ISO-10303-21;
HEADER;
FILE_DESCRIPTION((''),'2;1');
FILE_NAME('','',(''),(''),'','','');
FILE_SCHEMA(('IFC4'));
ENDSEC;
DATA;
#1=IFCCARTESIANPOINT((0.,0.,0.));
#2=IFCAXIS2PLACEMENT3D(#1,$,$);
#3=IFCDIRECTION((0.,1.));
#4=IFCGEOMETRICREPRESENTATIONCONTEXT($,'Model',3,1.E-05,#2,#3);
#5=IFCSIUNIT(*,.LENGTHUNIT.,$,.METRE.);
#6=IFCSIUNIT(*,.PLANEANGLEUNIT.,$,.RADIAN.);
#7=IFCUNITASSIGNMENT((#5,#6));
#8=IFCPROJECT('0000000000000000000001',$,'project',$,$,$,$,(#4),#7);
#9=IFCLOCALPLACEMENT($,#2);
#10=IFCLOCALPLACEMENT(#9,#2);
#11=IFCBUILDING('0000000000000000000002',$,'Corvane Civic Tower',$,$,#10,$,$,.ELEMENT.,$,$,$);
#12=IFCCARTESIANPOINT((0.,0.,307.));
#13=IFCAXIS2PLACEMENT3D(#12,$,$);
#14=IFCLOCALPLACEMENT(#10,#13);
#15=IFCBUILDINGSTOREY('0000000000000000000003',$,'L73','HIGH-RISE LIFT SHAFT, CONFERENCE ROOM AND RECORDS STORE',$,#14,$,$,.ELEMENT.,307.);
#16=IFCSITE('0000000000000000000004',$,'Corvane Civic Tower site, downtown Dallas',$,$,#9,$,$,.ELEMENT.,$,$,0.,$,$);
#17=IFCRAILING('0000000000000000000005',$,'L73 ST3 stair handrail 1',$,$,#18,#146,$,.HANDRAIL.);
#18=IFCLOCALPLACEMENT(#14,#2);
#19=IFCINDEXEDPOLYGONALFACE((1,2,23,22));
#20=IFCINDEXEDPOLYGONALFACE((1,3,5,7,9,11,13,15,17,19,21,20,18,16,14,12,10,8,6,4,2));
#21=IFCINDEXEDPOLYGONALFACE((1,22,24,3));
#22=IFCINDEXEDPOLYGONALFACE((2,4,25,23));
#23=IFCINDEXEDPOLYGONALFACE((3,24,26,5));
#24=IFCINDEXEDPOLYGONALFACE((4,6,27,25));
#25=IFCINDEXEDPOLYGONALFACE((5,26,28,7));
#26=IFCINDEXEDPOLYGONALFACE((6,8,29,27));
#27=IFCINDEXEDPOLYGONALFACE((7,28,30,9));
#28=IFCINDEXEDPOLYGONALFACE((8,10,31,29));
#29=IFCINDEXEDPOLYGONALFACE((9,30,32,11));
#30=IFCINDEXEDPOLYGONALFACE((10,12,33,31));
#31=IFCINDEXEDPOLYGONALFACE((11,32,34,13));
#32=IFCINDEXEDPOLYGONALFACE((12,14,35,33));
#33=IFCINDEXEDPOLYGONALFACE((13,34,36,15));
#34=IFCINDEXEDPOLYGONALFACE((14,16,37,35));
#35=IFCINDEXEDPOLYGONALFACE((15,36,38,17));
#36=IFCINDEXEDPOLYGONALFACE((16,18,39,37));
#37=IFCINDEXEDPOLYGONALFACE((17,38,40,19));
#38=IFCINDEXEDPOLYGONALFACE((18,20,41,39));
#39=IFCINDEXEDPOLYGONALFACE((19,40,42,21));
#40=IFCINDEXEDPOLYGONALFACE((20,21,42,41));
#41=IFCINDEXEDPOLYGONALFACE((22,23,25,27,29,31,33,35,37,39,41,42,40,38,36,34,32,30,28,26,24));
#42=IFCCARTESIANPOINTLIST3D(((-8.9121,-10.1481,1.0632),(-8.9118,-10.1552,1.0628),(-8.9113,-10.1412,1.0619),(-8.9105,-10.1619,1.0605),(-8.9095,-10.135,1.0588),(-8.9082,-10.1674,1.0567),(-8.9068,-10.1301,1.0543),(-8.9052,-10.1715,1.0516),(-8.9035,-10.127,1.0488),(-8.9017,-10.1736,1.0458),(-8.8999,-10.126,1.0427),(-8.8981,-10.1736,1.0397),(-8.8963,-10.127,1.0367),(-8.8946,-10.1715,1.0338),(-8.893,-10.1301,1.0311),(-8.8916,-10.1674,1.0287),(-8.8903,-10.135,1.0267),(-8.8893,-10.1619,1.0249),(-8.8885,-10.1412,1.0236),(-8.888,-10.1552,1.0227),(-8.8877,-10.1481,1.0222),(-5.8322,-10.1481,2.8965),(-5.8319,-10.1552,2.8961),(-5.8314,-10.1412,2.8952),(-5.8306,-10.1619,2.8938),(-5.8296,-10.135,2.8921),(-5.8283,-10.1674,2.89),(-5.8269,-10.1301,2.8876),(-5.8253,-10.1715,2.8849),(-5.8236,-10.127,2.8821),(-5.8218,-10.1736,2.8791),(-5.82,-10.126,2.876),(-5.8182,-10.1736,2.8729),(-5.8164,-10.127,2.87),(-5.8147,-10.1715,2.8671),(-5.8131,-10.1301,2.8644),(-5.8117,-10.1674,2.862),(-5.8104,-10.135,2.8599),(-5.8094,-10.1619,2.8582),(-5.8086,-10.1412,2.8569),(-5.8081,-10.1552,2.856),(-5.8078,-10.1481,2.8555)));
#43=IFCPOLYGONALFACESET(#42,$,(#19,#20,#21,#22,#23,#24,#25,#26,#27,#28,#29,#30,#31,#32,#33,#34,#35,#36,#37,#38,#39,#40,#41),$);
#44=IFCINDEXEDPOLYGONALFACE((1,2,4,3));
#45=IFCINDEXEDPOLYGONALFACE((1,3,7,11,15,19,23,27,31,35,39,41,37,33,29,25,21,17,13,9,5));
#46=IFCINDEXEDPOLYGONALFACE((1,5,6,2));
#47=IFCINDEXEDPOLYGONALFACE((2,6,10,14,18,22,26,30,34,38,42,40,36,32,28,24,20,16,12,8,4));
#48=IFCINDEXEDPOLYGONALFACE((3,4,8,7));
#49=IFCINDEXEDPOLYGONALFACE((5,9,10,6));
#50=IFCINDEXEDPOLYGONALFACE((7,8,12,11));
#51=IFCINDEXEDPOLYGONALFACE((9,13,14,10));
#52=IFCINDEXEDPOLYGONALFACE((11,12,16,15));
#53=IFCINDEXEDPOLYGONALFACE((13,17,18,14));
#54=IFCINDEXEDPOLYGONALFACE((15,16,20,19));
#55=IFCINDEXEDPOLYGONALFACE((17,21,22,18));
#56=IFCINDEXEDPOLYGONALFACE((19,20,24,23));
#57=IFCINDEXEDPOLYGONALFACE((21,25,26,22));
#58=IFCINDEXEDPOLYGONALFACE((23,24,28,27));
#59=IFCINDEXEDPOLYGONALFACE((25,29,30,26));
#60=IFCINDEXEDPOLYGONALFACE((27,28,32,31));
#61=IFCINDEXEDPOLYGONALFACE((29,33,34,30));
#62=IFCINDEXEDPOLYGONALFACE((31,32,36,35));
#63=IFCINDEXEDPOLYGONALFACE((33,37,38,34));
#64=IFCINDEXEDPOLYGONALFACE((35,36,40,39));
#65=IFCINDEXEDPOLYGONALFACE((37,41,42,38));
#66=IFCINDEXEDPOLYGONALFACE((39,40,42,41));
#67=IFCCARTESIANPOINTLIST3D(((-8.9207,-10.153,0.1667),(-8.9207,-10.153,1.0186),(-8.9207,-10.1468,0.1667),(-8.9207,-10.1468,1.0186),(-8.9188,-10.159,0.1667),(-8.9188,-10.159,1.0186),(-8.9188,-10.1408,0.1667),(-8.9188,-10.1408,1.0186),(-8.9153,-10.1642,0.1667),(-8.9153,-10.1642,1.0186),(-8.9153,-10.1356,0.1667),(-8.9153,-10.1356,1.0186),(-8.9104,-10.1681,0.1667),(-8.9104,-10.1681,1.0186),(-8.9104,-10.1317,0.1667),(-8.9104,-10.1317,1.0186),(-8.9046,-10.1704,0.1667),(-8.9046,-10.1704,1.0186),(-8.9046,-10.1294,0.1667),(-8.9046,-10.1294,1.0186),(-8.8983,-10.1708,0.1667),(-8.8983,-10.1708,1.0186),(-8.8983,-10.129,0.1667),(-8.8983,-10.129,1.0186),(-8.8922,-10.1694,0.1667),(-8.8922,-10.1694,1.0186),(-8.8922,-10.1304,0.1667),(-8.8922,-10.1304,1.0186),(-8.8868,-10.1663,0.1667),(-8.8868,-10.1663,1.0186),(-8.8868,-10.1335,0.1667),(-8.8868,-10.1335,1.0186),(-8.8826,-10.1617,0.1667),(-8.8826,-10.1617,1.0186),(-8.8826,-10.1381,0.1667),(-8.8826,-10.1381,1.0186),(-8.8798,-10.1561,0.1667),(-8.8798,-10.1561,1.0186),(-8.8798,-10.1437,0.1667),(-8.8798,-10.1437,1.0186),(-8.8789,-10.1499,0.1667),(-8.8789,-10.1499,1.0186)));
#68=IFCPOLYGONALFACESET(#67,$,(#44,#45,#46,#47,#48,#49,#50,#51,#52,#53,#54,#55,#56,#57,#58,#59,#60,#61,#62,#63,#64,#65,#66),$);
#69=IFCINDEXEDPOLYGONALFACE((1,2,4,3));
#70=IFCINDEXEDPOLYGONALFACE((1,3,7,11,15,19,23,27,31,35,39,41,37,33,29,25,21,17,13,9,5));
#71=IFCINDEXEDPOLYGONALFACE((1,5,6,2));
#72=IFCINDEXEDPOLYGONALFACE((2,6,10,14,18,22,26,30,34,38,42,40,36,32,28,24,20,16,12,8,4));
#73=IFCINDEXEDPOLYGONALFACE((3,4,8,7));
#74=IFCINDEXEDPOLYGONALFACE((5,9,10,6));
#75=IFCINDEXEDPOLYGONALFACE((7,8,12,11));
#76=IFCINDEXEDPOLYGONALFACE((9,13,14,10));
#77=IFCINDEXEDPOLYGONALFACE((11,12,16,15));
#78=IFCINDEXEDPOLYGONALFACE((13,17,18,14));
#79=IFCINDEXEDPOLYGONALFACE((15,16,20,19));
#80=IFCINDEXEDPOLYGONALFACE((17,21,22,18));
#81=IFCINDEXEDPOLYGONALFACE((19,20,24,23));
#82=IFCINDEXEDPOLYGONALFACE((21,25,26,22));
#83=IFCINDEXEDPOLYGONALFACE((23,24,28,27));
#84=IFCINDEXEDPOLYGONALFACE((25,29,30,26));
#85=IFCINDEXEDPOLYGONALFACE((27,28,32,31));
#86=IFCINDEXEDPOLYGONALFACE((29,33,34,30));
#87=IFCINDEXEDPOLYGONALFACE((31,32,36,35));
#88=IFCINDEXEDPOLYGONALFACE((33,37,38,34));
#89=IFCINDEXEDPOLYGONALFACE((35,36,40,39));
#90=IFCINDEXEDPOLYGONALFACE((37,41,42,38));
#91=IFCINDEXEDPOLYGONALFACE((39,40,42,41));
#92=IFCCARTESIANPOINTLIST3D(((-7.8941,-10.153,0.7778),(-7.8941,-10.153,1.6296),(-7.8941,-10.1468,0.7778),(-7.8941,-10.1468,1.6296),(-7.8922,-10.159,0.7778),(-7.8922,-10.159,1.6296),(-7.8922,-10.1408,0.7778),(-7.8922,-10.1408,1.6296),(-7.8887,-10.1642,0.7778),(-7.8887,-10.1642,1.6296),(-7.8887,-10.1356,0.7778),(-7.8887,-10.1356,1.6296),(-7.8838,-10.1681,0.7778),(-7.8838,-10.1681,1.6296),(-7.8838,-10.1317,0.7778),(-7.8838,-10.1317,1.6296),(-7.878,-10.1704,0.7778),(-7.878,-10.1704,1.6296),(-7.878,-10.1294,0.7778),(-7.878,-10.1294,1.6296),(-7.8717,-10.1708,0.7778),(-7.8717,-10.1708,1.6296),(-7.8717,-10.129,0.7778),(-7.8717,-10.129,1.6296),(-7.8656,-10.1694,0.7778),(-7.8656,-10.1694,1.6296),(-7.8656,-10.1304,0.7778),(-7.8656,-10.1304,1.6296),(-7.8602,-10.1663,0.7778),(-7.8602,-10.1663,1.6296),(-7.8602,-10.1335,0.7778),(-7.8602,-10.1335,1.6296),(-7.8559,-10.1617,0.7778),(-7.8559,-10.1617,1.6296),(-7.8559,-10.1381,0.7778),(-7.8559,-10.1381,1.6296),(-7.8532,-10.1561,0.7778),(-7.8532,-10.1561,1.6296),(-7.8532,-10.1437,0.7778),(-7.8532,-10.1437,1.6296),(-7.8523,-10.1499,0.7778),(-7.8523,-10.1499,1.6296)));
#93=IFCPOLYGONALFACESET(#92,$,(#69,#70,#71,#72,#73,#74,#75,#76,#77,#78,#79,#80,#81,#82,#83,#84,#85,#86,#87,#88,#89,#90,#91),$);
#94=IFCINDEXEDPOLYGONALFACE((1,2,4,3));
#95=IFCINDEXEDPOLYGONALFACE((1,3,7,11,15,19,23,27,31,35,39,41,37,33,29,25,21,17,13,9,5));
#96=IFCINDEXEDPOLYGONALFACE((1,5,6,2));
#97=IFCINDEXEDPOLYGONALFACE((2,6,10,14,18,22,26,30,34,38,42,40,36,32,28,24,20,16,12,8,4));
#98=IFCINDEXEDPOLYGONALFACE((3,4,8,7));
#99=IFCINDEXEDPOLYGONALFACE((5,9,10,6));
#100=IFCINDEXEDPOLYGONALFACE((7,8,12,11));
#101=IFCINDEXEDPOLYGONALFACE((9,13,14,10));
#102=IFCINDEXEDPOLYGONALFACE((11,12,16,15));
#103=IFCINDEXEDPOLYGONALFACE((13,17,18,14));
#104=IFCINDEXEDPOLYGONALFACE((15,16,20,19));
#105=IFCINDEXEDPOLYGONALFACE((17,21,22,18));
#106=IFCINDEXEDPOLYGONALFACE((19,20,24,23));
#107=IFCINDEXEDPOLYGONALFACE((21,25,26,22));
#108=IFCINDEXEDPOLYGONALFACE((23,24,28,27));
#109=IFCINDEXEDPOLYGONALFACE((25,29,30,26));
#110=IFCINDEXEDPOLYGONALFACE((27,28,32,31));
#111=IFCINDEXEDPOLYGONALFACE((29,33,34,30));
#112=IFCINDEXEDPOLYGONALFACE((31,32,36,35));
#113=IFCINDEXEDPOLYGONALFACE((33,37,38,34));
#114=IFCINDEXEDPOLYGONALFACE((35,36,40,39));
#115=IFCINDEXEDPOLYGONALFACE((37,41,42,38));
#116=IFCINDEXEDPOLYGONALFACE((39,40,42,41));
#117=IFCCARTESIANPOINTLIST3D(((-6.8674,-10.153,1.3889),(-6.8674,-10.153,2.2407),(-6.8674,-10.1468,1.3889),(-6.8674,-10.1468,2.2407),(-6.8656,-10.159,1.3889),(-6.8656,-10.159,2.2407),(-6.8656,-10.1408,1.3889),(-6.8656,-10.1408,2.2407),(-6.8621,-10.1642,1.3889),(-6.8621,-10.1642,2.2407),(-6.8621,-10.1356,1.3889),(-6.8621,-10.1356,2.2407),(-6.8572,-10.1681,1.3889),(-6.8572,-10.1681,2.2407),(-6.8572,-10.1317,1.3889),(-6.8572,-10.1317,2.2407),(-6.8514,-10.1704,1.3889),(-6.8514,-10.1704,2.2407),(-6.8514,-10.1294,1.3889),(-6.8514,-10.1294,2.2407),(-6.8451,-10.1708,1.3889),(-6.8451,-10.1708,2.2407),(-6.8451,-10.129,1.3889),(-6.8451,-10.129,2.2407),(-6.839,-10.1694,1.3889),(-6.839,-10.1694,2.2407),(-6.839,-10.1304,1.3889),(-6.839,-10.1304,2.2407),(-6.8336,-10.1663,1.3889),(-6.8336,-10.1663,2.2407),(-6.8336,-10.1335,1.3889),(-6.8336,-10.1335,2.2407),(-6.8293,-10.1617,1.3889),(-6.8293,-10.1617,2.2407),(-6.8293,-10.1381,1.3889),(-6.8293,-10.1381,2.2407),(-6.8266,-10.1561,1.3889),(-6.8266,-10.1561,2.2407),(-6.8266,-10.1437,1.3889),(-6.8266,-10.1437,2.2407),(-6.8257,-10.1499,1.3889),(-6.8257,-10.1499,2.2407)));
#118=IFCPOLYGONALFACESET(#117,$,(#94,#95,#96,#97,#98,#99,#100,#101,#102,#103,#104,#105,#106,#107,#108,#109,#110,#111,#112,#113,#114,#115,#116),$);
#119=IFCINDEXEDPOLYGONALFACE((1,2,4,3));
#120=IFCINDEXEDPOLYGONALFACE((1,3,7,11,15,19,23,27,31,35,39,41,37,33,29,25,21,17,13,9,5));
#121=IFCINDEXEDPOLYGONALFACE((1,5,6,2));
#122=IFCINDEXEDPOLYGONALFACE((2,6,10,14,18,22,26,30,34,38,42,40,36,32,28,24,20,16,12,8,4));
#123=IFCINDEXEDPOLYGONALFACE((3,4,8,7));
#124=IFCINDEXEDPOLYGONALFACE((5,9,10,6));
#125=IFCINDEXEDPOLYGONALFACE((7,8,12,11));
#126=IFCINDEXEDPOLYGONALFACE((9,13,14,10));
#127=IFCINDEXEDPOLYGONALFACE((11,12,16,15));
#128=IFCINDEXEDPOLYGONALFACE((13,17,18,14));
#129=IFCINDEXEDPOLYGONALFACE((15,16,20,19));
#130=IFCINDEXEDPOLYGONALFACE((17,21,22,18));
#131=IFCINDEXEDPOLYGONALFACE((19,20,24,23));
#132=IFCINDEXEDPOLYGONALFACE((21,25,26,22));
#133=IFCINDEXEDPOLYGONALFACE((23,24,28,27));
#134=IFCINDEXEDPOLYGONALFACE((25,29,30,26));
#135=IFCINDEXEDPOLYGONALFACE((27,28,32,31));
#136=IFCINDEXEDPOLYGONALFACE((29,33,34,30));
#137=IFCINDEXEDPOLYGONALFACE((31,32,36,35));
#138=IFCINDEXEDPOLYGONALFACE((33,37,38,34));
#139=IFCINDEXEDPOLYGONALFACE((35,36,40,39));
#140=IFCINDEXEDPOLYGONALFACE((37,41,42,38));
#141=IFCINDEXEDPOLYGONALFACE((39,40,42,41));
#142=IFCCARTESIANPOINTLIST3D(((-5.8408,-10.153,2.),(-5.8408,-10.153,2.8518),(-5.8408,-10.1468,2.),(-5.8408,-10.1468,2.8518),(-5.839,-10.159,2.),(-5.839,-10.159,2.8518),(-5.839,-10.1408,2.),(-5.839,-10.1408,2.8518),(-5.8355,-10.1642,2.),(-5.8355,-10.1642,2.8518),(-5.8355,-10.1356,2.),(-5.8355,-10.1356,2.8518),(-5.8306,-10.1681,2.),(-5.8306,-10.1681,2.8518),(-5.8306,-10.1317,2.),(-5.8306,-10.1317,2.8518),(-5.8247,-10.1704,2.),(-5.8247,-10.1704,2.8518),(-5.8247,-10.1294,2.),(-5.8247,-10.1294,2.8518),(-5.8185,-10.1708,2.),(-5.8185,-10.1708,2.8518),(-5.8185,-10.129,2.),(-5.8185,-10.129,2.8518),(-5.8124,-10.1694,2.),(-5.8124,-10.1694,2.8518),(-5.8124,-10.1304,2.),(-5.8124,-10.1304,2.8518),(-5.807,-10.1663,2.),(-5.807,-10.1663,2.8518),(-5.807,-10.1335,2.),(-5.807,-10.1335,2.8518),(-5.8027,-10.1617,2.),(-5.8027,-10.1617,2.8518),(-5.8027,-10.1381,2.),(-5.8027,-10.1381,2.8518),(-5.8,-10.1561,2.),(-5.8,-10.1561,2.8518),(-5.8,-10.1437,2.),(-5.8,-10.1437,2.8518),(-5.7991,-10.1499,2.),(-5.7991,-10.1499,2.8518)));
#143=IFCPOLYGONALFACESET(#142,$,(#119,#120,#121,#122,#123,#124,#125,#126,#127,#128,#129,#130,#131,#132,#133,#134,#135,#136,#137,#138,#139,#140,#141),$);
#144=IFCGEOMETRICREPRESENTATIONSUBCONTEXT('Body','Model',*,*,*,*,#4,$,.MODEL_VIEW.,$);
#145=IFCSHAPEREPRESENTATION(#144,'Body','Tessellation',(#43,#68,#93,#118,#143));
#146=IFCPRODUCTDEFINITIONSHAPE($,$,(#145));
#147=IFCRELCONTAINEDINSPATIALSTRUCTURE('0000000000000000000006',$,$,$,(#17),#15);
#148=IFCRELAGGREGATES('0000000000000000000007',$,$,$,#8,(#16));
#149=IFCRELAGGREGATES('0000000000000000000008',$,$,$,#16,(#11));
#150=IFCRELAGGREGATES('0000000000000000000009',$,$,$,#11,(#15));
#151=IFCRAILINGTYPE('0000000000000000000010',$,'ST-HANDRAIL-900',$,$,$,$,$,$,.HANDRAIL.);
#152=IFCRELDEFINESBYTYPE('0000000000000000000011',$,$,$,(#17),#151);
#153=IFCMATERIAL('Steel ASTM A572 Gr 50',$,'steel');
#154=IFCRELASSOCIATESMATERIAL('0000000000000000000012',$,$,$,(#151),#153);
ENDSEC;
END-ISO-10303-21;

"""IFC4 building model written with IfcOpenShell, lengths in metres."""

from ifc_helpers import new_model, si_unit, direction, frame, origin, origin_2d, place, context, subcontext, project, spatial, circle, extrude, material, type_object, element, save


model = new_model("IFC4")

# Units and contexts
model_context = context("Model", 3, precision=1e-05, world=origin(), true_north=direction((0.0, 1.0)))
body_context = subcontext(model_context, "Body", "Model", "MODEL_VIEW")
ifc_project = project(units=[si_unit("LENGTHUNIT", "METRE"), si_unit("PLANEANGLEUNIT", "RADIAN")], contexts=[model_context])

# Site, building, storey
site_placement = place(None, origin())
site = spatial("IfcSite", under=ifc_project, at=site_placement, Name="Corvane Civic Tower site, downtown Dallas", CompositionType="ELEMENT", RefElevation=0.0)
building_placement = place(site_placement, origin())
building = spatial("IfcBuilding", under=site, at=building_placement, Name="Corvane Civic Tower", CompositionType="ELEMENT")
storey_placement = place(building_placement, frame((0.0, 0.0, 307.0)))
storey = spatial("IfcBuildingStorey", under=building, at=storey_placement, Name="L73", Description="HIGH-RISE LIFT SHAFT, CONFERENCE ROOM AND RECORDS STORE", CompositionType="ELEMENT", Elevation=307.0)

# Railing
ifc_material_1 = material(Name="Steel ASTM A572 Gr 50", Category="steel")
railing_type_1 = type_object("IfcRailingType", Name="ST-HANDRAIL-900", PredefinedType="HANDRAIL", material=ifc_material_1)
railing_1_placement = place(storey_placement, frame((-8.8999, -10.1499, 0.1667)))
element("IfcRailing", 1, at=railing_1_placement, inside=storey, type_object=railing_type_1, Name="L73 ST3 stair handrail 1", PredefinedType="HANDRAIL", context=body_context, shape_type="SweptSolid", body=[
    extrude(circle(Radius=0.0239, at=origin_2d()), frame((0.0, 0.0, 0.876), z_axis=(0.859291, 0.0, 0.511487), x_axis=(0.0, 1.0, 0.0)), (0.0, 0.0, 1.0), 3.5842),
    extrude(circle(Radius=0.021, at=origin_2d()), origin(), (0.0, 0.0, 1.0), 0.8518),
    extrude(circle(Radius=0.021, at=origin_2d()), frame((1.0266, 0.0, 0.6111)), (0.0, 0.0, 1.0), 0.8518),
    extrude(circle(Radius=0.021, at=origin_2d()), frame((2.0532, 0.0, 1.2222)), (0.0, 0.0, 1.0), 0.8518),
    extrude(circle(Radius=0.021, at=origin_2d()), frame((3.0798, 0.0, 1.8333)), (0.0, 0.0, 1.0), 0.8518),
])

save(model, "model.ifc")
